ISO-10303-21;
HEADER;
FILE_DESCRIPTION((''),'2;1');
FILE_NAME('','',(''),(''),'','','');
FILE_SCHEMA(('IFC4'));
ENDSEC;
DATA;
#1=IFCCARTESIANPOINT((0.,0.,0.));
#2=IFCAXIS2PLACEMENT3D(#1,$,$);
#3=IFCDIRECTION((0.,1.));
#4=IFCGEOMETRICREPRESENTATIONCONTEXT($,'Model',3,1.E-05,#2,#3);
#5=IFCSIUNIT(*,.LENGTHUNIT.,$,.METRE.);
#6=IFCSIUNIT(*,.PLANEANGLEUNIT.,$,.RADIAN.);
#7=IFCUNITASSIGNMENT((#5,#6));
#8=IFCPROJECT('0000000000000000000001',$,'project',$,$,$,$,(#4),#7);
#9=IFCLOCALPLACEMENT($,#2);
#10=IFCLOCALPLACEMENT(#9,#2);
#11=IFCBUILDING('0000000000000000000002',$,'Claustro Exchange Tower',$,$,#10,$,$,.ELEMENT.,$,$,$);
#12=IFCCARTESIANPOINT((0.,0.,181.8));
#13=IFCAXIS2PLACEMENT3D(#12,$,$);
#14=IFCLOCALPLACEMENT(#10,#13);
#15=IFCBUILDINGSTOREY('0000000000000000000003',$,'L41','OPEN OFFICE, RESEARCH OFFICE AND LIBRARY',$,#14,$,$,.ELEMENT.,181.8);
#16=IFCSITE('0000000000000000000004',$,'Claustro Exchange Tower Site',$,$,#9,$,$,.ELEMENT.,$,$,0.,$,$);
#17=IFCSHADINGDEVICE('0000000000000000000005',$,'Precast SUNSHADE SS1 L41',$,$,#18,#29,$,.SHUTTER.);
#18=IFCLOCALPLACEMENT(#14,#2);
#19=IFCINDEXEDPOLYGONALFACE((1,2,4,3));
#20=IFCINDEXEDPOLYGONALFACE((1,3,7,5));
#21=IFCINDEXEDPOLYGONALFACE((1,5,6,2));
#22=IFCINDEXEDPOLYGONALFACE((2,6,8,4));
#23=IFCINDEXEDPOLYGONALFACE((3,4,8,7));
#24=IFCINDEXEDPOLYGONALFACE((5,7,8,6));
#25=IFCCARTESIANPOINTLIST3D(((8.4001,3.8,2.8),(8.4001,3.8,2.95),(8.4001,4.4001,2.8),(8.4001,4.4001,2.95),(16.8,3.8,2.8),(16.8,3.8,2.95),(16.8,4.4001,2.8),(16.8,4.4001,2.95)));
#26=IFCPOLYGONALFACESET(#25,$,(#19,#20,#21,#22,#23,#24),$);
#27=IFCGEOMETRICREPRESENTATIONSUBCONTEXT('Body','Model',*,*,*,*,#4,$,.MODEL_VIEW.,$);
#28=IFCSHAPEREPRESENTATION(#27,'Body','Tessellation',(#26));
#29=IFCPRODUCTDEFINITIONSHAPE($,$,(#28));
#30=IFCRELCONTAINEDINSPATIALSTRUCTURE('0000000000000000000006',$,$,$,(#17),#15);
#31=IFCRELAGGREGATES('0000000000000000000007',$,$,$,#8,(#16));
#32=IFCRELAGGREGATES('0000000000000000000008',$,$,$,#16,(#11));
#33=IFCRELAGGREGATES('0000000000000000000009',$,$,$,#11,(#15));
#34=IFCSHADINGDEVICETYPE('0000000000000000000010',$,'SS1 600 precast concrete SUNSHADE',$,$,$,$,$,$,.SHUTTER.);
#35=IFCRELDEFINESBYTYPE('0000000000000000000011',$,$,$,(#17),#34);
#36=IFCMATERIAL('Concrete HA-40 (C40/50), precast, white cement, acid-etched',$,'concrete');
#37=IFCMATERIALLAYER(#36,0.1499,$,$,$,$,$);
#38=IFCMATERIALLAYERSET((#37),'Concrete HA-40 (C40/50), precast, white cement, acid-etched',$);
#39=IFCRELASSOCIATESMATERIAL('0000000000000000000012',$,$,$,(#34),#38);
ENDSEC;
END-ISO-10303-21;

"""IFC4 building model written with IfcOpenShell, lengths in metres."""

from ifc_helpers import new_model, si_unit, direction, frame, origin, origin_2d, place, context, subcontext, project, spatial, rectangle, extrude, material, layer, layer_set, type_object, element, save


model = new_model("IFC4")

# Units and contexts
model_context = context("Model", 3, precision=1e-05, world=origin(), true_north=direction((0.0, 1.0)))
body_context = subcontext(model_context, "Body", "Model", "MODEL_VIEW")
ifc_project = project(units=[si_unit("LENGTHUNIT", "METRE"), si_unit("PLANEANGLEUNIT", "RADIAN")], contexts=[model_context])

# Site, building, storey
site_placement = place(None, origin())
site = spatial("IfcSite", under=ifc_project, at=site_placement, Name="Claustro Exchange Tower Site", CompositionType="ELEMENT", RefElevation=0.0)
building_placement = place(site_placement, origin())
building = spatial("IfcBuilding", under=site, at=building_placement, Name="Claustro Exchange Tower", CompositionType="ELEMENT")
storey_placement = place(building_placement, frame((0.0, 0.0, 181.8)))
storey = spatial("IfcBuildingStorey", under=building, at=storey_placement, Name="L41", Description="OPEN OFFICE, RESEARCH OFFICE AND LIBRARY", CompositionType="ELEMENT", Elevation=181.8)

# Shading device
ifc_material_1 = material(Name="Concrete HA-40 (C40/50), precast, white cement, acid-etched", Category="concrete")
ifc_layer_1 = layer(ifc_material_1, 0.1499)
ifc_layer_set_1 = layer_set([ifc_layer_1], Name="Concrete HA-40 (C40/50), precast, white cement, acid-etched")
shading_device_type = type_object("IfcShadingDeviceType", Name="SS1 600 precast concrete SUNSHADE", PredefinedType="SHUTTER", material=ifc_layer_set_1)
shading_device_placement = place(storey_placement, frame((12.6001, 4.1001, 2.8), z_axis=(0.0, 0.0, 1.0), x_axis=(-1.0, 0.0, 0.0)))
element("IfcShadingDevice", 1, at=shading_device_placement, inside=storey, type_object=shading_device_type, Name="Precast SUNSHADE SS1 L41", PredefinedType="SHUTTER", context=body_context, shape_type="SweptSolid", body=[
    extrude(rectangle(XDim=8.3999, YDim=0.6001, at=origin_2d()), origin(), (0.0, 0.0, 1.0), 0.1499),
])

save(model, "model.ifc")
